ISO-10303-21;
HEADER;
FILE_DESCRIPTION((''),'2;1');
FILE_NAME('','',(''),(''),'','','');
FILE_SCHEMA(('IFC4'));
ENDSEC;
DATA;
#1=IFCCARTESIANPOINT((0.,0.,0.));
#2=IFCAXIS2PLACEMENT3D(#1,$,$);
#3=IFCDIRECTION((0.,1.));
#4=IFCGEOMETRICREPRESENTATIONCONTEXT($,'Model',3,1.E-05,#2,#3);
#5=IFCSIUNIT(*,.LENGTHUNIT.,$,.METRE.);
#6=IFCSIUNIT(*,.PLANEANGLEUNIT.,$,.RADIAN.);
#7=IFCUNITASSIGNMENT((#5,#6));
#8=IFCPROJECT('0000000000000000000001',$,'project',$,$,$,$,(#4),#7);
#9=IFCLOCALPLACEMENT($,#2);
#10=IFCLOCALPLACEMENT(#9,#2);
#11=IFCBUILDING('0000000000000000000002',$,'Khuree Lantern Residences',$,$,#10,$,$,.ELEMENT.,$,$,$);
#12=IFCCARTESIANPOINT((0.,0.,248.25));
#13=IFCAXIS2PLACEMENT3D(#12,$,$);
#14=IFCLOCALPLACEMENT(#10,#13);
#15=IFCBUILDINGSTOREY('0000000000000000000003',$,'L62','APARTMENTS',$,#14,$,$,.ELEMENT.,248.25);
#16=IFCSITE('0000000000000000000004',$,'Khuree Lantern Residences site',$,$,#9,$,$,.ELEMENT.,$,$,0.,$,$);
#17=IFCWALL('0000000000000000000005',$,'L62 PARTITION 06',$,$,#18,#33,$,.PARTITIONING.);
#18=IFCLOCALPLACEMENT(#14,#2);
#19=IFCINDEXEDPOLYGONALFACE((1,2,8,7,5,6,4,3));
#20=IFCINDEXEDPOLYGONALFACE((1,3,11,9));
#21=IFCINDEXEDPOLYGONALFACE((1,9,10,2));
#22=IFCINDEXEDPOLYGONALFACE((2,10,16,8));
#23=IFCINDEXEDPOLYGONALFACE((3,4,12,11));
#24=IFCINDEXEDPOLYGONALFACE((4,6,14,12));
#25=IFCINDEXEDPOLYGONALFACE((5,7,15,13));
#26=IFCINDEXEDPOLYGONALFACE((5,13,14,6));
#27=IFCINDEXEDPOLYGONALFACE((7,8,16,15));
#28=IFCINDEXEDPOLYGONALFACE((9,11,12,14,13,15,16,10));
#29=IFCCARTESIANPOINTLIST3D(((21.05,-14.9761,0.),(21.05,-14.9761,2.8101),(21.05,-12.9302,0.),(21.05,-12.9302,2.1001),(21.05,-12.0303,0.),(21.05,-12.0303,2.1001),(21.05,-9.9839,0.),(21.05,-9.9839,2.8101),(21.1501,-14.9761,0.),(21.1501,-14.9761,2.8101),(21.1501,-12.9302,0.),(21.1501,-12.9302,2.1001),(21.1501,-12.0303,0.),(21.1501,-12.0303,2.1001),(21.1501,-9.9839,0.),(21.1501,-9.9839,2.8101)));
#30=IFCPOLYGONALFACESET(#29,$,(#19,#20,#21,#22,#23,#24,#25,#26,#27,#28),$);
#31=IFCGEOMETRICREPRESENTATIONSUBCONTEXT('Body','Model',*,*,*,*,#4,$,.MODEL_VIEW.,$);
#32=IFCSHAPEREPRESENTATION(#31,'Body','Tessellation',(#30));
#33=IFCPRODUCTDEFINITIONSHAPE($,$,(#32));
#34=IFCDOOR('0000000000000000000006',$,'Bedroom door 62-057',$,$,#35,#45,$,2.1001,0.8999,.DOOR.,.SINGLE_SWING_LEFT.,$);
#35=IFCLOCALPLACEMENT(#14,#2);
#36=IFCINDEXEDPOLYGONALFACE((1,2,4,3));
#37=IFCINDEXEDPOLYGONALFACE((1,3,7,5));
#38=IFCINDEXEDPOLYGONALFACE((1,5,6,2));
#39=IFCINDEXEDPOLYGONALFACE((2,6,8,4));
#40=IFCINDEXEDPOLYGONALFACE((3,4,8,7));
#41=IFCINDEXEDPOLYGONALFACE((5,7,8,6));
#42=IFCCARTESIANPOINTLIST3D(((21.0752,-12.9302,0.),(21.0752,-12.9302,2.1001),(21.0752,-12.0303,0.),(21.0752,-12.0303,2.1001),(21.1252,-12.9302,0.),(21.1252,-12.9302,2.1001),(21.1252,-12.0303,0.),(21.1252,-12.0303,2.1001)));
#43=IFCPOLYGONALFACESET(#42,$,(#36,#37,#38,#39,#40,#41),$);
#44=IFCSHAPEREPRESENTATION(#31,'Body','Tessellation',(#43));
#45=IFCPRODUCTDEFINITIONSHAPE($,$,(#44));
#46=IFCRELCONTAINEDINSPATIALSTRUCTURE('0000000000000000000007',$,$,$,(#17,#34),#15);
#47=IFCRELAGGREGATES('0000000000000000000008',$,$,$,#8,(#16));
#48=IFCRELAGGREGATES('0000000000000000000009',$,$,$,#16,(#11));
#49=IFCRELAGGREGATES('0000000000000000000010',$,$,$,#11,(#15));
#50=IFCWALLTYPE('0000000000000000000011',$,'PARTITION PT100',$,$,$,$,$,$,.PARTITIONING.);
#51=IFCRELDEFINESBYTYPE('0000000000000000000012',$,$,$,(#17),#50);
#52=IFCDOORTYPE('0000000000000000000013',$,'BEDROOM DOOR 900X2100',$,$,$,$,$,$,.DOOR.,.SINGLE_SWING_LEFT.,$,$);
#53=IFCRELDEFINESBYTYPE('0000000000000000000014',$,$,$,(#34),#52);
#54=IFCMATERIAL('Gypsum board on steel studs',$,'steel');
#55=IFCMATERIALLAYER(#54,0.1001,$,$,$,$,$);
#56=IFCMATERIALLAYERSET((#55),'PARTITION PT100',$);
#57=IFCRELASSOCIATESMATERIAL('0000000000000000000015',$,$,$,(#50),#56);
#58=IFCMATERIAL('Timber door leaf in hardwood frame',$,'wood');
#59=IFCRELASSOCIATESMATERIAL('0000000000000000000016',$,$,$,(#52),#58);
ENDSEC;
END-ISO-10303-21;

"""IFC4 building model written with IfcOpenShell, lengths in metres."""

from ifc_helpers import new_model, si_unit, direction, frame, frame_2d, origin, place, context, subcontext, project, spatial, rectangle, extrude, material, layer, layer_set, type_object, element, fill, save


model = new_model("IFC4")

# Units and contexts
model_context = context("Model", 3, precision=1e-05, world=origin(), true_north=direction((0.0, 1.0)))
body_context = subcontext(model_context, "Body", "Model", "MODEL_VIEW")
ifc_project = project(units=[si_unit("LENGTHUNIT", "METRE"), si_unit("PLANEANGLEUNIT", "RADIAN")], contexts=[model_context])

# Site, building, storey
site_placement = place(None, origin())
site = spatial("IfcSite", under=ifc_project, at=site_placement, Name="Khuree Lantern Residences site", CompositionType="ELEMENT", RefElevation=0.0)
building_placement = place(site_placement, origin())
building = spatial("IfcBuilding", under=site, at=building_placement, Name="Khuree Lantern Residences", CompositionType="ELEMENT")
storey_placement = place(building_placement, frame((0.0, 0.0, 248.25)))
storey = spatial("IfcBuildingStorey", under=building, at=storey_placement, Name="L62", Description="APARTMENTS", CompositionType="ELEMENT", Elevation=248.25)

# Shared definitions
ifc_material_1 = material(Name="Timber door leaf in hardwood frame", Category="wood")

# Shared definitions
ifc_material_2 = material(Name="Gypsum board on steel studs", Category="steel")

# Shared definitions
ifc_layer_1 = layer(ifc_material_2, 0.1001)
ifc_layer_set_1 = layer_set([ifc_layer_1], Name="PARTITION PT100")
wall_type_1 = type_object("IfcWallType", Name="PARTITION PT100", PredefinedType="PARTITIONING", material=ifc_layer_set_1)

# Wall, opening, door
door_type_1 = type_object("IfcDoorType", Name="BEDROOM DOOR 900X2100", OperationType="SINGLE_SWING_LEFT", PredefinedType="DOOR", material=ifc_material_1)
wall_1_placement = place(storey_placement, frame((21.1001, -14.9761, 0.0), z_axis=(0.0, 0.0, 1.0), x_axis=(0.0, 1.0, 0.0)))
wall_1 = element("IfcWall", 1, at=wall_1_placement, inside=storey, type_object=wall_type_1, Name="L62 PARTITION 06", PredefinedType="PARTITIONING", context=body_context, shape_type="SweptSolid", body=[
    extrude(rectangle(XDim=4.9922, YDim=0.1001, at=frame_2d((2.4961, 0.0))), origin(), (0.0, 0.0, 1.0), 2.8101),
])
opening_1_placement = place(wall_1_placement, frame((2.0459, 0.0, 0.0)))
opening_1 = element("IfcOpeningElement", 2, at=opening_1_placement, cuts=wall_1, PredefinedType="OPENING", context=body_context, shape_type="SweptSolid", body=[
    extrude(rectangle(XDim=0.8999, YDim=2.1001, at=frame_2d((0.45, 1.05))), frame((0.0, 0.0601, 0.0), z_axis=(0.0, -1.0, 0.0), x_axis=(1.0, 0.0, 0.0)), (0.0, 0.0, 1.0), 0.1201),
])
door_1_placement = place(opening_1_placement, origin())
door_1 = element("IfcDoor", 3, at=door_1_placement, inside=storey, type_object=door_type_1, Name="Bedroom door 62-057", OperationType="SINGLE_SWING_LEFT", OverallHeight=2.1001, OverallWidth=0.8999, PredefinedType="DOOR", context=body_context, shape_type="SweptSolid", body=[
    extrude(rectangle(XDim=0.8999, YDim=2.1001, at=frame_2d((0.45, 1.05))), frame((0.0, 0.0249, 0.0), z_axis=(0.0, -1.0, 0.0), x_axis=(1.0, 0.0, 0.0)), (0.0, 0.0, 1.0), 0.05),
])
fill(opening_1, door_1)

save(model, "model.ifc")
